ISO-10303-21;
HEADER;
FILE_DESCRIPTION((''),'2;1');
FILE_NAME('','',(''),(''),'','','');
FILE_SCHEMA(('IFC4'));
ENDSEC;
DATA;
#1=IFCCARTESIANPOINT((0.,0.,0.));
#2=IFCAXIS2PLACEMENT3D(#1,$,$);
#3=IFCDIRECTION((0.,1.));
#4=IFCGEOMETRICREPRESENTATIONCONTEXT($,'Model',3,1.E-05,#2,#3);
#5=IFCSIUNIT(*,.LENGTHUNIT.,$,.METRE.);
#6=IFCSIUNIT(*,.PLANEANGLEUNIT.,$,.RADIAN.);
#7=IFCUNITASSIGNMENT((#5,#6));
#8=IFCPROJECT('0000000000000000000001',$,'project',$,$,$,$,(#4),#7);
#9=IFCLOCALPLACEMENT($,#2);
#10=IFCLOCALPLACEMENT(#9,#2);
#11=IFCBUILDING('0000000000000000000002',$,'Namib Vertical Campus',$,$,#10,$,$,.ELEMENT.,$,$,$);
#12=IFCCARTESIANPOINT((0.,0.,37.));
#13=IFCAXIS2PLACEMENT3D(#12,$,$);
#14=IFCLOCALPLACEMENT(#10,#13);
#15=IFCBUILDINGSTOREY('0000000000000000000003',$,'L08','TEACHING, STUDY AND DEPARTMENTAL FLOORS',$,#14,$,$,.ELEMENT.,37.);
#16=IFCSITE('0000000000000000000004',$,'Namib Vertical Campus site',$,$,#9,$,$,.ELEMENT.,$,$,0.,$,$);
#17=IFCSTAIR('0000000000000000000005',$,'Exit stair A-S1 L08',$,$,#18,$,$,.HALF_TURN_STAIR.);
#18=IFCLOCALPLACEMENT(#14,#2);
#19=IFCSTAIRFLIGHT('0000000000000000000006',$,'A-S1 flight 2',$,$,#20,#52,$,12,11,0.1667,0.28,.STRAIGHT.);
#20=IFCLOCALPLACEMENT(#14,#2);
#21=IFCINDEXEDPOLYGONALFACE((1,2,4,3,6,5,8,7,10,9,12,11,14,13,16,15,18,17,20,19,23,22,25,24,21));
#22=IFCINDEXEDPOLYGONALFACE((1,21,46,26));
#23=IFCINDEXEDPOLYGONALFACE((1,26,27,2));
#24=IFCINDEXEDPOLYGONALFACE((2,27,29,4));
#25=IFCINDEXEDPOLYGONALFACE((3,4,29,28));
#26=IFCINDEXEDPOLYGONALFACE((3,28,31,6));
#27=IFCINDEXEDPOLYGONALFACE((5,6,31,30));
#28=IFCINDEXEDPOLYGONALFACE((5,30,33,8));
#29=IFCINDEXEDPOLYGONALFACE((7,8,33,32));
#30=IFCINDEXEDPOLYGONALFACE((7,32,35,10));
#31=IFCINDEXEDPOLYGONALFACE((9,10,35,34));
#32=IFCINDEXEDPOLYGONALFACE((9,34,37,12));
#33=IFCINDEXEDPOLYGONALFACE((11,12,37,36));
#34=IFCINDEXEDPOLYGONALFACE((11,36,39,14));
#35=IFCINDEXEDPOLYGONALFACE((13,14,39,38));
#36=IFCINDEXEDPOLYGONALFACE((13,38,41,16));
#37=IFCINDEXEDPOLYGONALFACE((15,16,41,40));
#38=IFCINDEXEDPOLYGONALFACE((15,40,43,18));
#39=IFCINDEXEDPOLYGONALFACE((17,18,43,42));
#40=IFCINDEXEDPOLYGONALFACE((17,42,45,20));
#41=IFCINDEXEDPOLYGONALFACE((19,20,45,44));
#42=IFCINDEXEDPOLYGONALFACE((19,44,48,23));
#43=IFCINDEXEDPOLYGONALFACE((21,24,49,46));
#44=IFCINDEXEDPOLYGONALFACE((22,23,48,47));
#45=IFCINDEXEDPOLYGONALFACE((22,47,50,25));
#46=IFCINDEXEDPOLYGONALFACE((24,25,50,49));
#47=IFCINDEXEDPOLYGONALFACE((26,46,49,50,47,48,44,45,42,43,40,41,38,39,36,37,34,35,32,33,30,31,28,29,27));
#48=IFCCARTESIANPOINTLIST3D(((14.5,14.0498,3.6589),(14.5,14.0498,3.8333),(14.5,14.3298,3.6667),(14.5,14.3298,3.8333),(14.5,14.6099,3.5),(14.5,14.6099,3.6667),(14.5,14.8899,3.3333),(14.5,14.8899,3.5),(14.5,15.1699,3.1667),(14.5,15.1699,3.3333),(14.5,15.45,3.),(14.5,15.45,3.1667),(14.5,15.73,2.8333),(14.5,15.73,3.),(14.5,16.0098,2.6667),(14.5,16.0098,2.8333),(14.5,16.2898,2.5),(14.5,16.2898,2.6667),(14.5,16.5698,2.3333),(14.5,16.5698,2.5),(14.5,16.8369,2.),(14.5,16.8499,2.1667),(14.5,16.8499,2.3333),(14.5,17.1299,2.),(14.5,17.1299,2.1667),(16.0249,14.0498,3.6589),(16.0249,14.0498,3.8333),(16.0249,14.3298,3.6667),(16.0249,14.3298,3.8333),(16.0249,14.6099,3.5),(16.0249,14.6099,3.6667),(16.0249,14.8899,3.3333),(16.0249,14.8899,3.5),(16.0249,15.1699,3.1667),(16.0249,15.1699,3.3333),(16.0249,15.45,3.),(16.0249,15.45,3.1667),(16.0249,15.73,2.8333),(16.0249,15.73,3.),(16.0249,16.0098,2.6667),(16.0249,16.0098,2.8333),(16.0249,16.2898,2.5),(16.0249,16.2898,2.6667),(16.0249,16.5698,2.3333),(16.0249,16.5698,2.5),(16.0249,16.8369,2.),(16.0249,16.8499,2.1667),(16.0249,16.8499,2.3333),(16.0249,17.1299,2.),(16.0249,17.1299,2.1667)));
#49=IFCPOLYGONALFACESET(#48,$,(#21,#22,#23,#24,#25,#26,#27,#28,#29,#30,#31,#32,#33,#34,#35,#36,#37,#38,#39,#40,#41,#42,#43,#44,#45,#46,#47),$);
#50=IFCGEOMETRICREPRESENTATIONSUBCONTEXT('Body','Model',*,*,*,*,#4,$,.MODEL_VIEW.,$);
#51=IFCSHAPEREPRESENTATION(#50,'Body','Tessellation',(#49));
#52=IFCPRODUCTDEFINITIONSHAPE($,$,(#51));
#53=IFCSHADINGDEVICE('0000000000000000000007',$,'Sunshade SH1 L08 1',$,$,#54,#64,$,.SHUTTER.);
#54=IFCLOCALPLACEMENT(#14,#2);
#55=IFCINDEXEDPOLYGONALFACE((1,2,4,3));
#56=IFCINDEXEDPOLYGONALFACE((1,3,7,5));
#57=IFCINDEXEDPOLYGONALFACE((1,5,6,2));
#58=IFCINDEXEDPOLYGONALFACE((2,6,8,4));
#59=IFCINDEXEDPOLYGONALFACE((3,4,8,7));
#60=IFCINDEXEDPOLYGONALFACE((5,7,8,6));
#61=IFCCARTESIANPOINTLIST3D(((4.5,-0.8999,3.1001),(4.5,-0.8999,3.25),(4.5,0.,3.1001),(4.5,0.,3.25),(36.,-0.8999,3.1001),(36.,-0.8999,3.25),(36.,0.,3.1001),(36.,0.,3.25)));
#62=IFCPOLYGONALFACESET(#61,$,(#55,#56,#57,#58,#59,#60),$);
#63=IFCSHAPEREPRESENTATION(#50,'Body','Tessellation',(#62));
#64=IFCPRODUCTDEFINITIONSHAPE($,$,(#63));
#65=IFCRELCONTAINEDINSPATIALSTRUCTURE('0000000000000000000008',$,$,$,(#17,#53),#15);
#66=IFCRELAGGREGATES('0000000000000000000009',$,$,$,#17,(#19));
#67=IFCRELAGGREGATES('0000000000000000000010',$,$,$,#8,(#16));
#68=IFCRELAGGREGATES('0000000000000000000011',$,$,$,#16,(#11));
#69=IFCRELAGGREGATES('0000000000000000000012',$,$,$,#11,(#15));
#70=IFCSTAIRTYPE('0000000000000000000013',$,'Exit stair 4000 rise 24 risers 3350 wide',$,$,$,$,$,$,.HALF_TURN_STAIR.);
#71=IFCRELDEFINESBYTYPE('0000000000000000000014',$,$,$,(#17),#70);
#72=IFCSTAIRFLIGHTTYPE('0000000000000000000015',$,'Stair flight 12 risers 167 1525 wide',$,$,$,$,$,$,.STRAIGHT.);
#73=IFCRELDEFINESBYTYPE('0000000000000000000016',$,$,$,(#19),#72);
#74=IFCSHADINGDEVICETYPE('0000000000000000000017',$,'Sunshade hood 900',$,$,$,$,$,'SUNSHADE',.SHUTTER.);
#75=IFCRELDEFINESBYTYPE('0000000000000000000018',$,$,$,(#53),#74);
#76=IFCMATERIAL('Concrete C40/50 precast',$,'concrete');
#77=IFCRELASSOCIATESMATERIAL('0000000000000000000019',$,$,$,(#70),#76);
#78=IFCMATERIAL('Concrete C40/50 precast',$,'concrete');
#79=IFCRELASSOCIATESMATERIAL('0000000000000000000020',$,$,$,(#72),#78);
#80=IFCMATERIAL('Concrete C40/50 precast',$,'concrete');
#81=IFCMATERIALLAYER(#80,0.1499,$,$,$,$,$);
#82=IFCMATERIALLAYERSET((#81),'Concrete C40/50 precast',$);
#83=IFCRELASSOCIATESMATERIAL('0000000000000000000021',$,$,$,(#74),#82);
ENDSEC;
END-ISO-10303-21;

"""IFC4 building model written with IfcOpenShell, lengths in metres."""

from ifc_helpers import new_model, si_unit, direction, frame, origin, origin_2d, place, context, subcontext, project, spatial, polyline, rectangle, outline, extrude, material, layer, layer_set, type_object, element, aggregate, save


model = new_model("IFC4")

# Units and contexts
model_context = context("Model", 3, precision=1e-05, world=origin(), true_north=direction((0.0, 1.0)))
body_context = subcontext(model_context, "Body", "Model", "MODEL_VIEW")
ifc_project = project(units=[si_unit("LENGTHUNIT", "METRE"), si_unit("PLANEANGLEUNIT", "RADIAN")], contexts=[model_context])

# Site, building, storey
site_placement = place(None, origin())
site = spatial("IfcSite", under=ifc_project, at=site_placement, Name="Namib Vertical Campus site", CompositionType="ELEMENT", RefElevation=0.0)
building_placement = place(site_placement, origin())
building = spatial("IfcBuilding", under=site, at=building_placement, Name="Namib Vertical Campus", CompositionType="ELEMENT")
storey_placement = place(building_placement, frame((0.0, 0.0, 37.0)))
storey = spatial("IfcBuildingStorey", under=building, at=storey_placement, Name="L08", Description="TEACHING, STUDY AND DEPARTMENTAL FLOORS", CompositionType="ELEMENT", Elevation=37.0)

# Stair, stair flight
ifc_material_1 = material(Name="Concrete C40/50 precast", Category="concrete")
stair_type = type_object("IfcStairType", Name="Exit stair 4000 rise 24 risers 3350 wide", PredefinedType="HALF_TURN_STAIR", material=ifc_material_1)
stair_placement = place(storey_placement, origin())
stair = element("IfcStair", 1, at=stair_placement, inside=storey, type_object=stair_type, Name="Exit stair A-S1 L08", PredefinedType="HALF_TURN_STAIR")
ifc_material_2 = material(Name="Concrete C40/50 precast", Category="concrete")
stair_flight_type = type_object("IfcStairFlightType", Name="Stair flight 12 risers 167 1525 wide", PredefinedType="STRAIGHT", material=ifc_material_2)
stair_flight_1_placement = place(storey_placement, frame((15.2625, 17.1299, 2.0), z_axis=(0.0, 0.0, 1.0), x_axis=(0.0, -1.0, 0.0)))
stair_flight_1 = element("IfcStairFlight", 2, at=stair_flight_1_placement, type_object=stair_flight_type, Name="A-S1 flight 2", NumberOfRisers=12, NumberOfTreads=11, PredefinedType="STRAIGHT", RiserHeight=0.1667, TreadLength=0.28, context=body_context, shape_type="SweptSolid", body=[
    extrude(outline(polyline([(0.0, 0.0), (0.0, 0.1667), (0.28, 0.1667), (0.28, 0.3333), (0.5601, 0.3333), (0.5601, 0.5), (0.8401, 0.5), (0.8401, 0.6667), (1.1201, 0.6667), (1.1201, 0.8333), (1.3999, 0.8333), (1.3999, 1.0), (1.6799, 1.0), (1.6799, 1.1667), (1.96, 1.1667), (1.96, 1.3333), (2.24, 1.3333), (2.24, 1.5), (2.52, 1.5), (2.52, 1.6667), (2.8, 1.6667), (2.8, 1.8333), (3.0801, 1.8333), (3.0801, 2.0), (3.0801, 1.6589), (0.293, 0.0), (0.0, 0.0)])), frame((0.0, 0.7625, 0.0), z_axis=(0.0, -1.0, 0.0), x_axis=(1.0, 0.0, 0.0)), (0.0, 0.0, 1.0), 1.5249),
])
aggregate(stair, [stair_flight_1])

# Shading device
ifc_material_3 = material(Name="Concrete C40/50 precast", Category="concrete")
ifc_layer_1 = layer(ifc_material_3, 0.1499)
ifc_layer_set_1 = layer_set([ifc_layer_1], Name="Concrete C40/50 precast")
shading_device_type = type_object("IfcShadingDeviceType", Name="Sunshade hood 900", ElementType="SUNSHADE", PredefinedType="SHUTTER", material=ifc_layer_set_1)
shading_device_placement = place(storey_placement, frame((20.25, -0.45, 3.1001), z_axis=(0.0, 0.0, 1.0), x_axis=(1.0, 0.0, 0.0)))
element("IfcShadingDevice", 3, at=shading_device_placement, inside=storey, type_object=shading_device_type, Name="Sunshade SH1 L08 1", PredefinedType="SHUTTER", context=body_context, shape_type="SweptSolid", body=[
    extrude(rectangle(XDim=31.5, YDim=0.8999, at=origin_2d()), origin(), (0.0, 0.0, 1.0), 0.1499),
])

save(model, "model.ifc")
